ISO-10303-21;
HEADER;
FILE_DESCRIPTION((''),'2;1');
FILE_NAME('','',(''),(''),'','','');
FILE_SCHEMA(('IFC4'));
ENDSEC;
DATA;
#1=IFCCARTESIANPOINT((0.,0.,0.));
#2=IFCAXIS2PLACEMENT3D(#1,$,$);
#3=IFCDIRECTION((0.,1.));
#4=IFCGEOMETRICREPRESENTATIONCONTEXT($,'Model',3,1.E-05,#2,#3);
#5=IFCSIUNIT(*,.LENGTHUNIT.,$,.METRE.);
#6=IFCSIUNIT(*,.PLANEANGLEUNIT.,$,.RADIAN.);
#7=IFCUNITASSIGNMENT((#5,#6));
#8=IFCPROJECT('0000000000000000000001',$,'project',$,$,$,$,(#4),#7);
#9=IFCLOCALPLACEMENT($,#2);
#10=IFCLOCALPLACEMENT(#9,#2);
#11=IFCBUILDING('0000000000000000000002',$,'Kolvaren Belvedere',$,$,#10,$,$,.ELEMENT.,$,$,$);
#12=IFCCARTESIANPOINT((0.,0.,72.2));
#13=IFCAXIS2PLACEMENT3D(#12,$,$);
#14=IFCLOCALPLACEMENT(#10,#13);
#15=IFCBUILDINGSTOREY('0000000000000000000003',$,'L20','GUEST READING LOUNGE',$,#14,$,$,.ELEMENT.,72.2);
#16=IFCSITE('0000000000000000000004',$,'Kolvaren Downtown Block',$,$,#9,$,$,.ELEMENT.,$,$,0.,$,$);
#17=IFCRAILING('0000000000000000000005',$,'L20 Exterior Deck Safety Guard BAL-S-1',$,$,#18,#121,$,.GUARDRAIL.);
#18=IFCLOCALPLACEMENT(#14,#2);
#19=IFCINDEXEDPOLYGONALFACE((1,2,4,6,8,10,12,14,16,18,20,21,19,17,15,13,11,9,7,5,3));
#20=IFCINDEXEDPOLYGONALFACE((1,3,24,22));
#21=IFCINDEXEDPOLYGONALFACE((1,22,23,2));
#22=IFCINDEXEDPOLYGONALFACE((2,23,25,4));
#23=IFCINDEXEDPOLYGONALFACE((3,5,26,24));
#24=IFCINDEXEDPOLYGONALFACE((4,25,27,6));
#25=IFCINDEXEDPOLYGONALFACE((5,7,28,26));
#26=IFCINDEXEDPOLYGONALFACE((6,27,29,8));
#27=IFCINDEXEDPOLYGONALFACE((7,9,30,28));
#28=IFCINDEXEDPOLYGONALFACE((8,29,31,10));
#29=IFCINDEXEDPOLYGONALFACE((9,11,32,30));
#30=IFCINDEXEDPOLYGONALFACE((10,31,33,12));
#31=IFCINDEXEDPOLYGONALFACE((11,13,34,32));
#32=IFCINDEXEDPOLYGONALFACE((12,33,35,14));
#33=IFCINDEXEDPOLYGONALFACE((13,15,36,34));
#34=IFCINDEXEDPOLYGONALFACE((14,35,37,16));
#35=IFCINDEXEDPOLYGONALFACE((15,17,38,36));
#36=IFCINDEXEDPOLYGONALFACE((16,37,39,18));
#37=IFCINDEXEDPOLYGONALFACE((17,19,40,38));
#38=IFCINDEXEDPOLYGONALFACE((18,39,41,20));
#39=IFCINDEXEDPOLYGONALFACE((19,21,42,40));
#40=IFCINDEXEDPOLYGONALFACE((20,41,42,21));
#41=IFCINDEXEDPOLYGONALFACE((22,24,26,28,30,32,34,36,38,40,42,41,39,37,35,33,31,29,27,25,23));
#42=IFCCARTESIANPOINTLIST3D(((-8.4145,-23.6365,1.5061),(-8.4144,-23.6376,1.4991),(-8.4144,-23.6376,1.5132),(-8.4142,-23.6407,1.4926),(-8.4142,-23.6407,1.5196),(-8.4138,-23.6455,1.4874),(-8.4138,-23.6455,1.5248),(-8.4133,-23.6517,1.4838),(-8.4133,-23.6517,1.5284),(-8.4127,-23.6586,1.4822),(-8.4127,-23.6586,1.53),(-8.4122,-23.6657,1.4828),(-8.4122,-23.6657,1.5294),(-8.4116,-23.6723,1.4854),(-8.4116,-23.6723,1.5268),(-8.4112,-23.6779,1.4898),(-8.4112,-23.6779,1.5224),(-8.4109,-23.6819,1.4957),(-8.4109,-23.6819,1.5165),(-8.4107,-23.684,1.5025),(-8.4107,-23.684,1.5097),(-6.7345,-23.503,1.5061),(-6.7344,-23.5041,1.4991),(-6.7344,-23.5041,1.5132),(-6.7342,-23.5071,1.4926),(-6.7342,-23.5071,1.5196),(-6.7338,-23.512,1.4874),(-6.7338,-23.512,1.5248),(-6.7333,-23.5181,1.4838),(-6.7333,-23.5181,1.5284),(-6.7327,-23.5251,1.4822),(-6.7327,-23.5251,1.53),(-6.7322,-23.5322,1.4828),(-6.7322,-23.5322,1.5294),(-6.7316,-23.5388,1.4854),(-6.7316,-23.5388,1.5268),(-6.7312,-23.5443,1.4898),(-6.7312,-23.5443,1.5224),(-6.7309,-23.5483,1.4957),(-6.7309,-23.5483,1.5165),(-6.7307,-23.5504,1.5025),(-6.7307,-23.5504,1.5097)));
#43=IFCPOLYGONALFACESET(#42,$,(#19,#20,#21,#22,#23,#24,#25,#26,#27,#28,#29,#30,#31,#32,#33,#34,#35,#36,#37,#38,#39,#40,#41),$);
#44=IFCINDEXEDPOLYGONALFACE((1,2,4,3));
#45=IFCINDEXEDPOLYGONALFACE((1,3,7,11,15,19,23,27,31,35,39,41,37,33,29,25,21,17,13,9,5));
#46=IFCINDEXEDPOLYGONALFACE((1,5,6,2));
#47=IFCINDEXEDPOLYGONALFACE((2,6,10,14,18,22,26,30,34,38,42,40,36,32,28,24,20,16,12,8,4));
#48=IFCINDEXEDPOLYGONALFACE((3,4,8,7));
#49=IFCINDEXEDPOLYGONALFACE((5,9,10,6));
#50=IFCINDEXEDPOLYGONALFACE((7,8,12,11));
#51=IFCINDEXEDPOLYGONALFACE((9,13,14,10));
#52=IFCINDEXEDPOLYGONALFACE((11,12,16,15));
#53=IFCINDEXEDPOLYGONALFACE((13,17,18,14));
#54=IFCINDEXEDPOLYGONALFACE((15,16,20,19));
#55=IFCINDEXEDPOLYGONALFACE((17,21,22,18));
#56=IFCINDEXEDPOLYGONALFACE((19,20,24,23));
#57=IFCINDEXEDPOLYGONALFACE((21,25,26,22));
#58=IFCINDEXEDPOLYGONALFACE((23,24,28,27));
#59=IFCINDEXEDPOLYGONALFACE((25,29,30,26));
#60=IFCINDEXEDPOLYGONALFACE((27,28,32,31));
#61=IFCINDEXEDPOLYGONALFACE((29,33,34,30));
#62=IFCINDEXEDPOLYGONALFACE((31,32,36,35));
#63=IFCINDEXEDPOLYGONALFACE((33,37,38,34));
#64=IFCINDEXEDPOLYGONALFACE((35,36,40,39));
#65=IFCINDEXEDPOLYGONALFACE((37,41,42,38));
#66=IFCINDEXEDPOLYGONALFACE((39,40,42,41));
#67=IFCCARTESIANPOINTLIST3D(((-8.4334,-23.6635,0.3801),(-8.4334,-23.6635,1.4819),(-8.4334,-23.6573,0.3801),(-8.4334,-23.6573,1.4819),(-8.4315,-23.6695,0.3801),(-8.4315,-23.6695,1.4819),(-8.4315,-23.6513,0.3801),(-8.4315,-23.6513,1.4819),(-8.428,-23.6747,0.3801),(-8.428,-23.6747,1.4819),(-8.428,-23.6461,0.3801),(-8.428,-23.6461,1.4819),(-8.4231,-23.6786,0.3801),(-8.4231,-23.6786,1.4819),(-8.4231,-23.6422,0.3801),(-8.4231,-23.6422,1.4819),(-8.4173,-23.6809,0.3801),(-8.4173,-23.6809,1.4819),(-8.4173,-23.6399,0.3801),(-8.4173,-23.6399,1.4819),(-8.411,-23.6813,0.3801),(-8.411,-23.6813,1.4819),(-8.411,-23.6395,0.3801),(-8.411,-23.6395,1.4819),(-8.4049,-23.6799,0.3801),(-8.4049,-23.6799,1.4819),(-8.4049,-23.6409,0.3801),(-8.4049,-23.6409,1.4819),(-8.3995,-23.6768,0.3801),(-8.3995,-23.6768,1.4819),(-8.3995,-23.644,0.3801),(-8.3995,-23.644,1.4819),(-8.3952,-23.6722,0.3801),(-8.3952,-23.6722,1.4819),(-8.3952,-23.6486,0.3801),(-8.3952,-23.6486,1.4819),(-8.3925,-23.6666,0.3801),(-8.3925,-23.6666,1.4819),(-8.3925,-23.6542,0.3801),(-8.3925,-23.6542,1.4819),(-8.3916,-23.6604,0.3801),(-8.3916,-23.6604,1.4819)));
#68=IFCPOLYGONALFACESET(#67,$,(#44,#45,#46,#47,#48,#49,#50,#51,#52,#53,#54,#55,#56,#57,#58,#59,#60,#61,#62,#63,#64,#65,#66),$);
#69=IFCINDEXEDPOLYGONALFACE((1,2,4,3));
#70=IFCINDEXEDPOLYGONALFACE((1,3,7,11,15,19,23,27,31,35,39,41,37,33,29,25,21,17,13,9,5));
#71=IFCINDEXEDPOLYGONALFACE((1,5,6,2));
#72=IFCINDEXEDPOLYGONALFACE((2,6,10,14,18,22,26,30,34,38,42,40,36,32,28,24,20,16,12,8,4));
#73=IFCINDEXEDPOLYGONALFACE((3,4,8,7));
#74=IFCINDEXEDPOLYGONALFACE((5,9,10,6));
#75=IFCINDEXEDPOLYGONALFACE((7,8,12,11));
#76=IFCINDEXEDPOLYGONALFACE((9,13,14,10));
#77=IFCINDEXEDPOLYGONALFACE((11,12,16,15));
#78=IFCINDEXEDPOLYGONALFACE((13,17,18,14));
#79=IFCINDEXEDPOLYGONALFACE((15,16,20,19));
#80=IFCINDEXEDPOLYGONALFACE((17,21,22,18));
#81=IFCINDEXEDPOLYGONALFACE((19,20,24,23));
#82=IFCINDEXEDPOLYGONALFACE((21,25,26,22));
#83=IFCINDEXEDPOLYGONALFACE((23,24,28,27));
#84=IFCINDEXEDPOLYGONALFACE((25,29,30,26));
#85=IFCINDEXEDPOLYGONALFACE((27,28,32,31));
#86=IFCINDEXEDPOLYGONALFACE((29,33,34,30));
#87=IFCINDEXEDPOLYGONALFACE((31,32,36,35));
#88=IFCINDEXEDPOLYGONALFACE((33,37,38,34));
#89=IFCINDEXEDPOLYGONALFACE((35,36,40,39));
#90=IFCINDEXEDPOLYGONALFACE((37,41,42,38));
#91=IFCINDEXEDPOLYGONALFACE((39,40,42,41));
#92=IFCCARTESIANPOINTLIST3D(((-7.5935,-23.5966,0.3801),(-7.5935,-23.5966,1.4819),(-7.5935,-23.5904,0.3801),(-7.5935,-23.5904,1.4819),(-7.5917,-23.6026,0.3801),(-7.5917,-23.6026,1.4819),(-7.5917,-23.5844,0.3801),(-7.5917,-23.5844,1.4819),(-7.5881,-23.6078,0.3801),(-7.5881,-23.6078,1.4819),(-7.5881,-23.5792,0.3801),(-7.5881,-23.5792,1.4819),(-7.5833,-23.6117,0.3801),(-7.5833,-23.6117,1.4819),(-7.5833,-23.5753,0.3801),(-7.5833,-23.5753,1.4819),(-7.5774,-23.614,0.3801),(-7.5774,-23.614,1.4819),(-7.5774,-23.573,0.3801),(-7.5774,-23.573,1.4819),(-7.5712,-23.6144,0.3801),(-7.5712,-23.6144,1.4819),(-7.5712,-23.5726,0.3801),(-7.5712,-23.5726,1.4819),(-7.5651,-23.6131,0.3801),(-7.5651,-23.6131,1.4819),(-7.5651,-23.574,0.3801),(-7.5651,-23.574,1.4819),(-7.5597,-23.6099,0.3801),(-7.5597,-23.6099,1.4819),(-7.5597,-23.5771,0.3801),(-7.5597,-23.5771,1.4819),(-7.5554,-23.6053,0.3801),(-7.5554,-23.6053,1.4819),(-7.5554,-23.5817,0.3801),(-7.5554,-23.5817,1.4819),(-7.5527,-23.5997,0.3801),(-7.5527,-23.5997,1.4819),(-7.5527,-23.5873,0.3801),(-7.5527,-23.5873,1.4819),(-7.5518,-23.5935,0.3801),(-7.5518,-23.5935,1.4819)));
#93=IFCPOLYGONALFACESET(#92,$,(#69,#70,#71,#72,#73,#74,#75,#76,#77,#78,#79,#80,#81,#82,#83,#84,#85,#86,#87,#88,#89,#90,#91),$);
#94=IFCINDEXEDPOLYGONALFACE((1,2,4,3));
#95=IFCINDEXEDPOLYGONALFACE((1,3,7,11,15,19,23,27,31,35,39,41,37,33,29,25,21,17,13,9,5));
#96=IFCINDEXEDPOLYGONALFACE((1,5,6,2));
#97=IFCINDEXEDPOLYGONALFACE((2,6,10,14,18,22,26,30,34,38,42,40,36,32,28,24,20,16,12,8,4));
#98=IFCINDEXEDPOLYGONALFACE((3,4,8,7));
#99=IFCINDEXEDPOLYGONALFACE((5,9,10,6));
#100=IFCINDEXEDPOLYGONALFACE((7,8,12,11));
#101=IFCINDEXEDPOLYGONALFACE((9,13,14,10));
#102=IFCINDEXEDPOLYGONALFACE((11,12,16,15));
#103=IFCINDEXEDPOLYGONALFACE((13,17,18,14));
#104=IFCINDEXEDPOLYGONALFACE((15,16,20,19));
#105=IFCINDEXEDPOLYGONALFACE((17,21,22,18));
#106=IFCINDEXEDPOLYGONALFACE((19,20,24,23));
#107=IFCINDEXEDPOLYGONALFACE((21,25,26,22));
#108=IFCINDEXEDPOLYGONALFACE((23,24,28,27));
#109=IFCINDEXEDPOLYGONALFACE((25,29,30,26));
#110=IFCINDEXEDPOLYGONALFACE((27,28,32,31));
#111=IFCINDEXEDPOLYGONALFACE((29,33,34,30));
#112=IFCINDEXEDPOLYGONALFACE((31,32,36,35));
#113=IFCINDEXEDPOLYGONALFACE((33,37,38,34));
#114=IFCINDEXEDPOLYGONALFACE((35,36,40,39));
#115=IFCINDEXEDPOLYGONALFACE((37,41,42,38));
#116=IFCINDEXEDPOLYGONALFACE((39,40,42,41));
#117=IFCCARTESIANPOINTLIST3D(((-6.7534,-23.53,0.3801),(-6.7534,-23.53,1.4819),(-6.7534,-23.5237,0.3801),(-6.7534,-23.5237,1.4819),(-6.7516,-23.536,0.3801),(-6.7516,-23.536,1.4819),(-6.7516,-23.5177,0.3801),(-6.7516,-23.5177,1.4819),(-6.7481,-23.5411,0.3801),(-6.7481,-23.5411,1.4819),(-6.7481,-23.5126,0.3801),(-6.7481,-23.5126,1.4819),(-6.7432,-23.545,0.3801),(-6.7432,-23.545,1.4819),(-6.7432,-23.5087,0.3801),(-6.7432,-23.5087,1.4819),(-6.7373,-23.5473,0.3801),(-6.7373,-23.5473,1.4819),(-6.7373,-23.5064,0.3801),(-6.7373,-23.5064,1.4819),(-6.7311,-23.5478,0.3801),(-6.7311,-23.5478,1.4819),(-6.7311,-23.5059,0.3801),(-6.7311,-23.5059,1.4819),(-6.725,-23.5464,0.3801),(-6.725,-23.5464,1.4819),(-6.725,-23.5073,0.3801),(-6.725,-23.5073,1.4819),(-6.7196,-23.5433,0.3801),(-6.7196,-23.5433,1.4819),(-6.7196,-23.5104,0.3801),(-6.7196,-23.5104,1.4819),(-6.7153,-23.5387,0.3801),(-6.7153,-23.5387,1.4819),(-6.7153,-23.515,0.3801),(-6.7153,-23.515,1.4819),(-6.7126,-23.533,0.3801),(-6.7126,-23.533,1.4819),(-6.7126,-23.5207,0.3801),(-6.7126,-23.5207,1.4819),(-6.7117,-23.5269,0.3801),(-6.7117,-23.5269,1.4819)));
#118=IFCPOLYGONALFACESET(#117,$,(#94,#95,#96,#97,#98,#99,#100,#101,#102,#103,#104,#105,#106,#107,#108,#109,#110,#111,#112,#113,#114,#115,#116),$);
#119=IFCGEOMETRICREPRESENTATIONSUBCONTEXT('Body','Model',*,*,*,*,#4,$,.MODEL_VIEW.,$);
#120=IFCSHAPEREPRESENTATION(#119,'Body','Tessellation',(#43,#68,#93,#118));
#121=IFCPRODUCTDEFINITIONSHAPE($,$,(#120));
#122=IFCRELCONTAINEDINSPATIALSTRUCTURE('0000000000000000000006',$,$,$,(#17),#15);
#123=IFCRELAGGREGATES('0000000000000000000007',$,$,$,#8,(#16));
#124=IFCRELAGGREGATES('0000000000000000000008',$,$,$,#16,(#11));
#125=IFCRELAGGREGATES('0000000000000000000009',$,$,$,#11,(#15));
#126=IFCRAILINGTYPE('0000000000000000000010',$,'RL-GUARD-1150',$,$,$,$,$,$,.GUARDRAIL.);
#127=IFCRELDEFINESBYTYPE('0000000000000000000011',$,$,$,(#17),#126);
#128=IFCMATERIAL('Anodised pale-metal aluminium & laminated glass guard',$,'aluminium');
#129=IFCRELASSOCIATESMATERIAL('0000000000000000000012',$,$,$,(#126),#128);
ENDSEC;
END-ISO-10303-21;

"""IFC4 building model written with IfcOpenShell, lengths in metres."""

from ifc_helpers import new_model, si_unit, direction, frame, origin, origin_2d, place, context, subcontext, project, spatial, circle, extrude, material, type_object, element, save


model = new_model("IFC4")

# Units and contexts
model_context = context("Model", 3, precision=1e-05, world=origin(), true_north=direction((0.0, 1.0)))
body_context = subcontext(model_context, "Body", "Model", "MODEL_VIEW")
ifc_project = project(units=[si_unit("LENGTHUNIT", "METRE"), si_unit("PLANEANGLEUNIT", "RADIAN")], contexts=[model_context])

# Site, building, storey
site_placement = place(None, origin())
site = spatial("IfcSite", under=ifc_project, at=site_placement, Name="Kolvaren Downtown Block", CompositionType="ELEMENT", RefElevation=0.0)
building_placement = place(site_placement, origin())
building = spatial("IfcBuilding", under=site, at=building_placement, Name="Kolvaren Belvedere", CompositionType="ELEMENT")
storey_placement = place(building_placement, frame((0.0, 0.0, 72.2)))
storey = spatial("IfcBuildingStorey", under=building, at=storey_placement, Name="L20", Description="GUEST READING LOUNGE", CompositionType="ELEMENT", Elevation=72.2)

# Railing
ifc_material_1 = material(Name="Anodised pale-metal aluminium & laminated glass guard", Category="aluminium")
railing_type = type_object("IfcRailingType", Name="RL-GUARD-1150", PredefinedType="GUARDRAIL", material=ifc_material_1)
railing_1_placement = place(storey_placement, frame((-8.4126, -23.6604, 0.3801)))
element("IfcRailing", 1, at=railing_1_placement, inside=storey, type_object=railing_type, Name="L20 Exterior Deck Safety Guard BAL-S-1", PredefinedType="GUARDRAIL", context=body_context, shape_type="SweptSolid", body=[
    extrude(circle(Radius=0.0239, at=origin_2d()), frame((0.0, 0.0, 1.126), z_axis=(0.996855, 0.079244, 0.0), x_axis=(-0.079244, 0.996855, 0.0)), (0.0, 0.0, 1.0), 1.6853),
    extrude(circle(Radius=0.021, at=origin_2d()), origin(), (0.0, 0.0, 1.0), 1.1018),
    extrude(circle(Radius=0.021, at=origin_2d()), frame((0.8398, 0.0669, 0.0)), (0.0, 0.0, 1.0), 1.1018),
    extrude(circle(Radius=0.021, at=origin_2d()), frame((1.6799, 0.1335, 0.0)), (0.0, 0.0, 1.0), 1.1018),
])

save(model, "model.ifc")
